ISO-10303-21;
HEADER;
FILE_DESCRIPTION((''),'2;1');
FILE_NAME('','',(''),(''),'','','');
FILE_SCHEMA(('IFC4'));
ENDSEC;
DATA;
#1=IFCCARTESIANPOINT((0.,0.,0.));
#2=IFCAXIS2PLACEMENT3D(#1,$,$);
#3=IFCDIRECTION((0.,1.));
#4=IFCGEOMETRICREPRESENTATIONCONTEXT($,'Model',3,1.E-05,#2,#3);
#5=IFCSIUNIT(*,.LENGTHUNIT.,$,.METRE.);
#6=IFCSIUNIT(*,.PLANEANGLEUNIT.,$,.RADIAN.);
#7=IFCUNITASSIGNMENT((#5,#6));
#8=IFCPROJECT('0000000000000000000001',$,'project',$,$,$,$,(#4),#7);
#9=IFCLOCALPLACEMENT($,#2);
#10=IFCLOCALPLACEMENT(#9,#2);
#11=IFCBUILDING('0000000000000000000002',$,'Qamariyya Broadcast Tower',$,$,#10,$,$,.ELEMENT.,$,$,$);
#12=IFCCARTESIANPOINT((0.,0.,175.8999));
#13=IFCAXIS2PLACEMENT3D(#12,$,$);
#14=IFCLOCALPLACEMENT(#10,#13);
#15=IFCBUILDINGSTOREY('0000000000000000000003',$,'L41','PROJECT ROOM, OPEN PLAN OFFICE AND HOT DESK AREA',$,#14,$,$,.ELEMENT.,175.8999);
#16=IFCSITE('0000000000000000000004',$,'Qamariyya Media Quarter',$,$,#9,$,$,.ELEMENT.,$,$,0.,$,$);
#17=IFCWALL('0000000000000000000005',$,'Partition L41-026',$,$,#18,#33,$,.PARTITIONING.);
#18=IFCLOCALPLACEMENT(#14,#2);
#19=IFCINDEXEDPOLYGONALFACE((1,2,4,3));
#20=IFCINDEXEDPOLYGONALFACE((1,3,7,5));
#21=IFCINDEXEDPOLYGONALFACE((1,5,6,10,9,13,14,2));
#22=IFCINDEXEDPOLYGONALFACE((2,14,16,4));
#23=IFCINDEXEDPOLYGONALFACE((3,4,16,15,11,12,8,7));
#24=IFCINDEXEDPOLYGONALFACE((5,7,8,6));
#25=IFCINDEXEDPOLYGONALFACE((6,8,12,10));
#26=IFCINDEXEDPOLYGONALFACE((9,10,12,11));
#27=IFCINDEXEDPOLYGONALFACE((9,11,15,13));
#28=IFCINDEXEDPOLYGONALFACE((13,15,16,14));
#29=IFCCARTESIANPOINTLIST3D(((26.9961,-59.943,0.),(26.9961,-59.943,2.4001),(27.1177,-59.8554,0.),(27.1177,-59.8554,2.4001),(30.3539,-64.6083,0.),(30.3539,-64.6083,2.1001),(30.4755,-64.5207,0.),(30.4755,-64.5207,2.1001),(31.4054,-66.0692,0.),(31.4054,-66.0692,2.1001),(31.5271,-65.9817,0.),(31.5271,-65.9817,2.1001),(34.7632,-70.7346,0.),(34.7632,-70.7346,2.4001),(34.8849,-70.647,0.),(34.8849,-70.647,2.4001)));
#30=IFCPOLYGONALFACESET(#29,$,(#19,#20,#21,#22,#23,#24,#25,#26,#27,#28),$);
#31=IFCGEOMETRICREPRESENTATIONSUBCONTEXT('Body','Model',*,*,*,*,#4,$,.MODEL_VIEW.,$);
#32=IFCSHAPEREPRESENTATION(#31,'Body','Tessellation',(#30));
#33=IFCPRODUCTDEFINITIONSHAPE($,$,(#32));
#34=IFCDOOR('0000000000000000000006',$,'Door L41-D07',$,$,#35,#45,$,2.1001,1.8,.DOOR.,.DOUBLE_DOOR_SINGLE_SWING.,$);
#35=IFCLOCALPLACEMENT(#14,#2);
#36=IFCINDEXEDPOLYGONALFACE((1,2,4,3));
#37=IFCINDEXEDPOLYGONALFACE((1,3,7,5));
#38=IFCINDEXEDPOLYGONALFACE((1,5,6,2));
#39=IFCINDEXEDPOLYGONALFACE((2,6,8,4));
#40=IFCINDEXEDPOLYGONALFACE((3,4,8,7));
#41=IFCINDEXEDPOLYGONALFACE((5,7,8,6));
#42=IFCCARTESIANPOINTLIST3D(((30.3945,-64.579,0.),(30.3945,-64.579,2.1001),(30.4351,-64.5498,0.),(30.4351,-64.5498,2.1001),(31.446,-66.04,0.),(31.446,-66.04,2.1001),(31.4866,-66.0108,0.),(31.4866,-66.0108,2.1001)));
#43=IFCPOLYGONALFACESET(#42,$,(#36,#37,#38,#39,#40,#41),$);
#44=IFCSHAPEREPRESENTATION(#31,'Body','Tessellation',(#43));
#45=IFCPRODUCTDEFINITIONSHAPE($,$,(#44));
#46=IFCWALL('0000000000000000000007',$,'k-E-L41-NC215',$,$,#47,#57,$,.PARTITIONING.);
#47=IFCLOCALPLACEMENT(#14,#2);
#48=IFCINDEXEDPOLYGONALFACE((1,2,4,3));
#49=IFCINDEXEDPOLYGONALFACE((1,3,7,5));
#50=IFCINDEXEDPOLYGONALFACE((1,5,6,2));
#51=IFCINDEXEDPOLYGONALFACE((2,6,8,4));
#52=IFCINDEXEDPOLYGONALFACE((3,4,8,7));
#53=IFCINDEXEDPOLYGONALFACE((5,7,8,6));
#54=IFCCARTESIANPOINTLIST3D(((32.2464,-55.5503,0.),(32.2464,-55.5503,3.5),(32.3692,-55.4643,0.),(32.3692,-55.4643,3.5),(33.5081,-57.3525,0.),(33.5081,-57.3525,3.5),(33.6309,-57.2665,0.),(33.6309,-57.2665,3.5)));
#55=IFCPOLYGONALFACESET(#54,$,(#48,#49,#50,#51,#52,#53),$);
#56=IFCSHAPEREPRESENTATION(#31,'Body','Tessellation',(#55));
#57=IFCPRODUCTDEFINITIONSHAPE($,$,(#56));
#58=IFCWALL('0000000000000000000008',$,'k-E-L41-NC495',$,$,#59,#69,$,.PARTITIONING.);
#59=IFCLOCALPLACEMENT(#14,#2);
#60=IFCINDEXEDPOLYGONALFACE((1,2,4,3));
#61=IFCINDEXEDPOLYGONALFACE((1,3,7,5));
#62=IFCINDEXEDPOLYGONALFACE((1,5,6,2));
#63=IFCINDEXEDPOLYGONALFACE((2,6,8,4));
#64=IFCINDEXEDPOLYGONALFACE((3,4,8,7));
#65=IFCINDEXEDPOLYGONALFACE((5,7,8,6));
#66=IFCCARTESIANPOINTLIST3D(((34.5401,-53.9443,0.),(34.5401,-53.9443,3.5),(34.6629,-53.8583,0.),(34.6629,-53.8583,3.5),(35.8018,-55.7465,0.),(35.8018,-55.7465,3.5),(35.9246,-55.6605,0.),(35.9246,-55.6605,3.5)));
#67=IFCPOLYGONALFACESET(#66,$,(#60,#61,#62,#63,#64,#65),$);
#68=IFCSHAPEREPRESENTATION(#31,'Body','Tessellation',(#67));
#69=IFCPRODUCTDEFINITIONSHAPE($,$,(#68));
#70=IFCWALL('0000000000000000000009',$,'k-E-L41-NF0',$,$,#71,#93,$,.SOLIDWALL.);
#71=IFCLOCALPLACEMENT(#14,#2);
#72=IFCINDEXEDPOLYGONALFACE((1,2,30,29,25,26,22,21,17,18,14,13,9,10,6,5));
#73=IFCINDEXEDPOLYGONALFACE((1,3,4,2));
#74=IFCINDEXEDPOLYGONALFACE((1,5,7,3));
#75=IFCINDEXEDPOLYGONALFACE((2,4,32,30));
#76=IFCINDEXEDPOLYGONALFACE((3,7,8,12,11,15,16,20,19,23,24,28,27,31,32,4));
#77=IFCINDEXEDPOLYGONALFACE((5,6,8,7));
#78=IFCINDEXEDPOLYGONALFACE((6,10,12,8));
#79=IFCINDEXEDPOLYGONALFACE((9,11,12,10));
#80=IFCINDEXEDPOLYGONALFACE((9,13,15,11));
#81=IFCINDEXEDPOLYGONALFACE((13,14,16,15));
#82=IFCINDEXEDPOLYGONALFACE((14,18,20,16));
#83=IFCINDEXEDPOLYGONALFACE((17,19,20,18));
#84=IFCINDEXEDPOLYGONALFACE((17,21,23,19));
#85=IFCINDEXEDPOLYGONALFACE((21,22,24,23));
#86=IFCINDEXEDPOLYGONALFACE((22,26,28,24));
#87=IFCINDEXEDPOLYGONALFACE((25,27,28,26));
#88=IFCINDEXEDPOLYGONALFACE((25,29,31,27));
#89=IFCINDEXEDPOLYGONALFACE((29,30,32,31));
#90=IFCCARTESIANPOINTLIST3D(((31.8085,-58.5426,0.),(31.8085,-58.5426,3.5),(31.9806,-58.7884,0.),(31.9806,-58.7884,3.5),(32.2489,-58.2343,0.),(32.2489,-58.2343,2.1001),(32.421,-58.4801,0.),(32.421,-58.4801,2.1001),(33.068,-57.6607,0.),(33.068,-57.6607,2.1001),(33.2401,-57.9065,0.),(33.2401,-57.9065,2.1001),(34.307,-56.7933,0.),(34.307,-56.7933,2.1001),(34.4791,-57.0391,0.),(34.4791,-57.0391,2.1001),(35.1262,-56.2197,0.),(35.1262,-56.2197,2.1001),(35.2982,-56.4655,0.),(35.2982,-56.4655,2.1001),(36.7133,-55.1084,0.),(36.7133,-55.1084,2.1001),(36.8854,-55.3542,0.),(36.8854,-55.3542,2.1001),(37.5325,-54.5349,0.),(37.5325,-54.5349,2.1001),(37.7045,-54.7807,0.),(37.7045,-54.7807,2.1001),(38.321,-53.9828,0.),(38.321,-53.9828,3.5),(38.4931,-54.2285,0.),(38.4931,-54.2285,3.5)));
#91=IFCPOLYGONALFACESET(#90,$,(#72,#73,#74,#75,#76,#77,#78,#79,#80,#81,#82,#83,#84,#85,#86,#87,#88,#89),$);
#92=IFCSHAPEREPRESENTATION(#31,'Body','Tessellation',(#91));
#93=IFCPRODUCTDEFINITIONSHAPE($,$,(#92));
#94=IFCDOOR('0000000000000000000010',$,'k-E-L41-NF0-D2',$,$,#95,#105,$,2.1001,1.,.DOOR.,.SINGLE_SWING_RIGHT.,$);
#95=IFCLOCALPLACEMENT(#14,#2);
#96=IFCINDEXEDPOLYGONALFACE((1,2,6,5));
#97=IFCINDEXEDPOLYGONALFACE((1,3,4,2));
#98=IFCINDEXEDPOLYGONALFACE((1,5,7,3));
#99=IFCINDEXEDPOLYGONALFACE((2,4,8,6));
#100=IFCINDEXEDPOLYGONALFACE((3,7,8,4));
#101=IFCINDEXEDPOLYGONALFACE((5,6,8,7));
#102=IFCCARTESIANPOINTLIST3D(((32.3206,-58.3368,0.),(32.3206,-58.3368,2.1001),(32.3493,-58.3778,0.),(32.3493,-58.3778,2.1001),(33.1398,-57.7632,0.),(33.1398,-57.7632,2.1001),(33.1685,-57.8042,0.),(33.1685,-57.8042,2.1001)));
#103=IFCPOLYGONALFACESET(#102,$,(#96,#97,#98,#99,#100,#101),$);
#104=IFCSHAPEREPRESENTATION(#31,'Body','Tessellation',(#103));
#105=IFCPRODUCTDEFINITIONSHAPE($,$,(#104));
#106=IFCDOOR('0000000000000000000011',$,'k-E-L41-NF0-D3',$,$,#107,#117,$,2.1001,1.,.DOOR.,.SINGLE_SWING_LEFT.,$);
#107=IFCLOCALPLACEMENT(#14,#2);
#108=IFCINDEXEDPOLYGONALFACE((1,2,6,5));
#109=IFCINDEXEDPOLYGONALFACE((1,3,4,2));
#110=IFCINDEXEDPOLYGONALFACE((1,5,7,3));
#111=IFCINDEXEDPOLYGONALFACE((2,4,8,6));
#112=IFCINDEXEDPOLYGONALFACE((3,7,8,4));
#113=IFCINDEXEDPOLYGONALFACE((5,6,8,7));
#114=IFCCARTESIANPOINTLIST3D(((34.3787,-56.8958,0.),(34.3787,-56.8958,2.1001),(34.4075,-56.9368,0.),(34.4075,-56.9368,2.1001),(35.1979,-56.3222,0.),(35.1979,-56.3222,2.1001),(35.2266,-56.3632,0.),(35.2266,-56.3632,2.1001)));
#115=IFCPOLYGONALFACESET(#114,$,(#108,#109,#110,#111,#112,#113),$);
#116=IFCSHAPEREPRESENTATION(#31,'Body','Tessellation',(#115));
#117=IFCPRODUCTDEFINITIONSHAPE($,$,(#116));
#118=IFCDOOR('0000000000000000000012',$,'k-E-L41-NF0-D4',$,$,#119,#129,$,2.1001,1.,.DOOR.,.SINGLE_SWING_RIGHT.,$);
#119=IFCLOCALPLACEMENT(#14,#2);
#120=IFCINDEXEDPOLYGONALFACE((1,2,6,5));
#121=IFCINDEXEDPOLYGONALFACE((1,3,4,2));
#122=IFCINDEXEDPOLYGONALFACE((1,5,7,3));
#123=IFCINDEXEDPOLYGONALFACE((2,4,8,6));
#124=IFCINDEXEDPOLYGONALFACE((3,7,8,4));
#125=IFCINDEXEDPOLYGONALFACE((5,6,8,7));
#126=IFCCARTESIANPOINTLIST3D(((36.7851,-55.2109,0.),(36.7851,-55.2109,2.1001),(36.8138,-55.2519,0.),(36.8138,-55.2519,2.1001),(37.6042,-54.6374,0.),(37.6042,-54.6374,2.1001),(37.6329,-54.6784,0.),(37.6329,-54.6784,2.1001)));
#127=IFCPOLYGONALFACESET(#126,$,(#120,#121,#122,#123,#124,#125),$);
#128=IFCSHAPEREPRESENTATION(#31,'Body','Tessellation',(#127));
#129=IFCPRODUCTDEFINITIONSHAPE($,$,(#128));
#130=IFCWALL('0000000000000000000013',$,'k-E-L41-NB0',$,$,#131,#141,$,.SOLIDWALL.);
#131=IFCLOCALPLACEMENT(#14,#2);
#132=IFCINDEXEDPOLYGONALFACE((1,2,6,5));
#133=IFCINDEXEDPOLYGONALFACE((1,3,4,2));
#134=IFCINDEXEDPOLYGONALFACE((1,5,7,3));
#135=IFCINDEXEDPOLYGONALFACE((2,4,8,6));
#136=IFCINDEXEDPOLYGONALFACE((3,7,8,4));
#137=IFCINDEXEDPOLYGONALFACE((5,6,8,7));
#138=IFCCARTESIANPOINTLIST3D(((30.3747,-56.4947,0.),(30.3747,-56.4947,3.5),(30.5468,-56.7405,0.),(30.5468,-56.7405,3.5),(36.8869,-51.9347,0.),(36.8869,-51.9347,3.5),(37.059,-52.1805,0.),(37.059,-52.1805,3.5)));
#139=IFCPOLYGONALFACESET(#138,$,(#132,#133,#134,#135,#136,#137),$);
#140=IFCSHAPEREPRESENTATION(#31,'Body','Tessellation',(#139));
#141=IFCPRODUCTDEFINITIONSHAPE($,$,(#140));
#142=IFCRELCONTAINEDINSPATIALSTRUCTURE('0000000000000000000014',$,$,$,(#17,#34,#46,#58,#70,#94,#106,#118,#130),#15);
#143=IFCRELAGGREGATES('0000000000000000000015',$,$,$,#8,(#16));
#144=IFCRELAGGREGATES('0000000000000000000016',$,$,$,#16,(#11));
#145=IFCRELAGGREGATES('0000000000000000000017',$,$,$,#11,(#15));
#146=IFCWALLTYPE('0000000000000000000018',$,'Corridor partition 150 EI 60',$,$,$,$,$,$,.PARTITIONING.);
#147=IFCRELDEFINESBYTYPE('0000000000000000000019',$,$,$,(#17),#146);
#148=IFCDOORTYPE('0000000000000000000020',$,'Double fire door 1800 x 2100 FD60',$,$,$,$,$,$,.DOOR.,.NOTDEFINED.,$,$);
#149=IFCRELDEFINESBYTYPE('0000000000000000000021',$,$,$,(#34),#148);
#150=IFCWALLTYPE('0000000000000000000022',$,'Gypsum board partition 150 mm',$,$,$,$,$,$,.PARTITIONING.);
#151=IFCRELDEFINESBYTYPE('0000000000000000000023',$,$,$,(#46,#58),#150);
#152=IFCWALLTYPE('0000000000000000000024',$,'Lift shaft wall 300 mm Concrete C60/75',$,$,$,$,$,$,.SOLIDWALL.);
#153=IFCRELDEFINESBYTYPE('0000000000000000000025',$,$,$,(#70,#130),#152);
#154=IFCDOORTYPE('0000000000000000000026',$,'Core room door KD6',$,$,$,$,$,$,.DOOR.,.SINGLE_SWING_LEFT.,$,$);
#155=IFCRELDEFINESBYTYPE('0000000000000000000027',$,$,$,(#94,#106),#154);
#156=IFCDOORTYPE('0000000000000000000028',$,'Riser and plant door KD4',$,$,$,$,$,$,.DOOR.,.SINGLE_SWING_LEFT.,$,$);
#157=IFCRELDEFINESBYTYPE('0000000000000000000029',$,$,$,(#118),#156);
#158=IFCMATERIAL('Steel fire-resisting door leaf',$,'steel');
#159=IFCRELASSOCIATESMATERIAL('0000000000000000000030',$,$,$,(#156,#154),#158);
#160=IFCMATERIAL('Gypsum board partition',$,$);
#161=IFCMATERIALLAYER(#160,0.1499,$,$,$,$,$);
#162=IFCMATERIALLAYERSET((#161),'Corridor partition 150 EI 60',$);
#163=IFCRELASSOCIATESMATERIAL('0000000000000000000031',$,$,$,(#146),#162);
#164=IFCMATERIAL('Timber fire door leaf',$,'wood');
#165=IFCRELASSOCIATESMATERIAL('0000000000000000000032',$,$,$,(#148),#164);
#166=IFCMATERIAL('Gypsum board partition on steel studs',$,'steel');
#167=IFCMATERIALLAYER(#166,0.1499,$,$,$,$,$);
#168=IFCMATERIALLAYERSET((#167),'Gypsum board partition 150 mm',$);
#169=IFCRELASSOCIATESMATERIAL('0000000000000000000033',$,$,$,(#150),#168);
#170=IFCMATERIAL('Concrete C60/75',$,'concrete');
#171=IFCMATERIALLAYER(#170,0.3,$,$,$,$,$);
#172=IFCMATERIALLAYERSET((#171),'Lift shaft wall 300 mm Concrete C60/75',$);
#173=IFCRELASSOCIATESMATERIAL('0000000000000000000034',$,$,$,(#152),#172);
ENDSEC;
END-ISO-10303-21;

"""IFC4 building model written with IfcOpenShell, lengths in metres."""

from ifc_helpers import new_model, si_unit, direction, frame, frame_2d, origin, place, context, subcontext, project, spatial, rectangle, extrude, material, layer, layer_set, type_object, element, fill, save


model = new_model("IFC4")

# Units and contexts
model_context = context("Model", 3, precision=1e-05, world=origin(), true_north=direction((0.0, 1.0)))
body_context = subcontext(model_context, "Body", "Model", "MODEL_VIEW")
ifc_project = project(units=[si_unit("LENGTHUNIT", "METRE"), si_unit("PLANEANGLEUNIT", "RADIAN")], contexts=[model_context])

# Site, building, storey
site_placement = place(None, origin())
site = spatial("IfcSite", under=ifc_project, at=site_placement, Name="Qamariyya Media Quarter", CompositionType="ELEMENT", RefElevation=0.0)
building_placement = place(site_placement, origin())
building = spatial("IfcBuilding", under=site, at=building_placement, Name="Qamariyya Broadcast Tower", CompositionType="ELEMENT")
storey_placement = place(building_placement, frame((0.0, 0.0, 175.8999)))
storey = spatial("IfcBuildingStorey", under=building, at=storey_placement, Name="L41", Description="PROJECT ROOM, OPEN PLAN OFFICE AND HOT DESK AREA", CompositionType="ELEMENT", Elevation=175.8999)

# Shared definitions
ifc_material_1 = material(Name="Concrete C60/75", Category="concrete")

# Shared definitions
ifc_material_2 = material(Name="Steel fire-resisting door leaf", Category="steel")

# Shared definitions
door_type_1 = type_object("IfcDoorType", Name="Riser and plant door KD4", OperationType="SINGLE_SWING_LEFT", PredefinedType="DOOR", material=ifc_material_2)

# Wall, opening, door
ifc_material_3 = material(Name="Gypsum board partition")
ifc_layer_1 = layer(ifc_material_3, 0.1499)
ifc_layer_set_1 = layer_set([ifc_layer_1], Name="Corridor partition 150 EI 60")
wall_type_1 = type_object("IfcWallType", Name="Corridor partition 150 EI 60", PredefinedType="PARTITIONING", material=ifc_layer_set_1)
wall_1_placement = place(storey_placement, frame((34.824, -70.6907, 0.0), z_axis=(0.0, 0.0, 1.0), x_axis=(-0.584166, 0.811634, 0.0)))
wall_1 = element("IfcWall", 1, at=wall_1_placement, inside=storey, type_object=wall_type_1, Name="Partition L41-026", PredefinedType="PARTITIONING", context=body_context, shape_type="SweptSolid", body=[
    extrude(rectangle(XDim=13.2961, YDim=0.1499, at=frame_2d((6.6479, 0.0))), origin(), (0.0, 0.0, 1.0), 2.4001),
])
opening_1_placement = place(wall_1_placement, frame((5.748, 0.0, 0.0)))
opening_1 = element("IfcOpeningElement", 2, at=opening_1_placement, cuts=wall_1, PredefinedType="OPENING", context=body_context, shape_type="SweptSolid", body=[
    extrude(rectangle(XDim=1.8, YDim=2.1001, at=frame_2d((0.8999, 1.05))), frame((0.0, 0.085, 0.0), z_axis=(0.0, -1.0, 0.0), x_axis=(1.0, 0.0, 0.0)), (0.0, 0.0, 1.0), 0.1699),
])
ifc_material_4 = material(Name="Timber fire door leaf", Category="wood")
door_type_2 = type_object("IfcDoorType", Name="Double fire door 1800 x 2100 FD60", OperationType="NOTDEFINED", PredefinedType="DOOR", material=ifc_material_4)
door_1_placement = place(opening_1_placement, origin())
door_1 = element("IfcDoor", 3, at=door_1_placement, inside=storey, type_object=door_type_2, Name="Door L41-D07", OperationType="DOUBLE_DOOR_SINGLE_SWING", OverallHeight=2.1001, OverallWidth=1.8, PredefinedType="DOOR", context=body_context, shape_type="SweptSolid", body=[
    extrude(rectangle(XDim=1.8, YDim=2.1001, at=frame_2d((0.8999, 1.05))), frame((0.0, 0.0249, 0.0), z_axis=(0.0, -1.0, 0.0), x_axis=(1.0, 0.0, 0.0)), (0.0, 0.0, 1.0), 0.05),
])
fill(opening_1, door_1)

# Walls
ifc_material_5 = material(Name="Gypsum board partition on steel studs", Category="steel")
ifc_layer_2 = layer(ifc_material_5, 0.1499)
ifc_layer_set_2 = layer_set([ifc_layer_2], Name="Gypsum board partition 150 mm")
wall_type_2 = type_object("IfcWallType", Name="Gypsum board partition 150 mm", PredefinedType="PARTITIONING", material=ifc_layer_set_2)
for number, where, z_axis, x_axis, name in (
    (4, (33.5696, -57.3096, 0.0), (0.0, 0.0, 1.0), (-0.573507, 0.819201, 0.0), "k-E-L41-NC215"),
    (5, (35.8633, -55.7036, 0.0), (0.0, 0.0, 1.0), (-0.573507, 0.819201, 0.0), "k-E-L41-NC495"),
):
    element("IfcWall", number, at=place(storey_placement, frame(where, z_axis=z_axis, x_axis=x_axis)), inside=storey, type_object=wall_type_2, Name=name, PredefinedType="PARTITIONING", context=body_context, shape_type="SweptSolid", body=[
        extrude(rectangle(XDim=2.2, YDim=0.1499, at=frame_2d((1.1001, 0.0))), origin(), (0.0, 0.0, 1.0), 3.5),
    ])

# Wall, openings, doors
ifc_layer_3 = layer(ifc_material_1, 0.3)
ifc_layer_set_3 = layer_set([ifc_layer_3], Name="Lift shaft wall 300 mm Concrete C60/75")
wall_type_3 = type_object("IfcWallType", Name="Lift shaft wall 300 mm Concrete C60/75", PredefinedType="SOLIDWALL", material=ifc_layer_set_3)
wall_2_placement = place(storey_placement, frame((31.8945, -58.6655, 0.0), z_axis=(0.0, 0.0, 1.0), x_axis=(0.819167, 0.573555, 0.0)))
wall_2 = element("IfcWall", 6, at=wall_2_placement, inside=storey, type_object=wall_type_3, Name="k-E-L41-NF0", PredefinedType="SOLIDWALL", context=body_context, shape_type="SweptSolid", body=[
    extrude(rectangle(XDim=7.9502, YDim=0.3, at=frame_2d((3.9751, 0.0))), origin(), (0.0, 0.0, 1.0), 3.5),
])
opening_2_placement = place(wall_2_placement, frame((0.5376, 0.0, 0.0)))
opening_2 = element("IfcOpeningElement", 7, at=opening_2_placement, cuts=wall_2, PredefinedType="OPENING", context=body_context, shape_type="SweptSolid", body=[
    extrude(rectangle(XDim=1.0, YDim=2.1001, at=frame_2d((0.5, 1.05))), frame((0.0, 0.1599, 0.0), z_axis=(0.0, -1.0, 0.0), x_axis=(1.0, 0.0, 0.0)), (0.0, 0.0, 1.0), 0.3201),
])
opening_3_placement = place(wall_2_placement, frame((3.05, 0.0, 0.0)))
opening_3 = element("IfcOpeningElement", 8, at=opening_3_placement, cuts=wall_2, PredefinedType="OPENING", context=body_context, shape_type="SweptSolid", body=[
    extrude(rectangle(XDim=1.0, YDim=2.1001, at=frame_2d((0.5, 1.05))), frame((0.0, 0.1599, 0.0), z_axis=(0.0, -1.0, 0.0), x_axis=(1.0, 0.0, 0.0)), (0.0, 0.0, 1.0), 0.3201),
])
opening_4_placement = place(wall_2_placement, frame((5.9875, 0.0, 0.0)))
opening_4 = element("IfcOpeningElement", 9, at=opening_4_placement, cuts=wall_2, PredefinedType="OPENING", context=body_context, shape_type="SweptSolid", body=[
    extrude(rectangle(XDim=1.0, YDim=2.1001, at=frame_2d((0.5, 1.05))), frame((0.0, 0.1599, 0.0), z_axis=(0.0, -1.0, 0.0), x_axis=(1.0, 0.0, 0.0)), (0.0, 0.0, 1.0), 0.3201),
])
door_type_3 = type_object("IfcDoorType", Name="Core room door KD6", OperationType="SINGLE_SWING_LEFT", PredefinedType="DOOR", material=ifc_material_2)
door_2_placement = place(opening_2_placement, origin())
door_2 = element("IfcDoor", 10, at=door_2_placement, inside=storey, type_object=door_type_3, Name="k-E-L41-NF0-D2", OperationType="SINGLE_SWING_RIGHT", OverallHeight=2.1001, OverallWidth=1.0, PredefinedType="DOOR", context=body_context, shape_type="SweptSolid", body=[
    extrude(rectangle(XDim=1.0, YDim=2.1001, at=frame_2d((0.5, 1.05))), frame((0.0, 0.0249, 0.0), z_axis=(0.0, -1.0, 0.0), x_axis=(1.0, 0.0, 0.0)), (0.0, 0.0, 1.0), 0.05),
])
fill(opening_2, door_2)
door_3_placement = place(opening_3_placement, origin())
door_3 = element("IfcDoor", 11, at=door_3_placement, inside=storey, type_object=door_type_3, Name="k-E-L41-NF0-D3", OperationType="SINGLE_SWING_LEFT", OverallHeight=2.1001, OverallWidth=1.0, PredefinedType="DOOR", context=body_context, shape_type="SweptSolid", body=[
    extrude(rectangle(XDim=1.0, YDim=2.1001, at=frame_2d((0.5, 1.05))), frame((0.0, 0.0249, 0.0), z_axis=(0.0, -1.0, 0.0), x_axis=(1.0, 0.0, 0.0)), (0.0, 0.0, 1.0), 0.05),
])
fill(opening_3, door_3)
door_4_placement = place(opening_4_placement, origin())
door_4 = element("IfcDoor", 12, at=door_4_placement, inside=storey, type_object=door_type_1, Name="k-E-L41-NF0-D4", OperationType="SINGLE_SWING_RIGHT", OverallHeight=2.1001, OverallWidth=1.0, PredefinedType="DOOR", context=body_context, shape_type="SweptSolid", body=[
    extrude(rectangle(XDim=1.0, YDim=2.1001, at=frame_2d((0.5, 1.05))), frame((0.0, 0.0249, 0.0), z_axis=(0.0, -1.0, 0.0), x_axis=(1.0, 0.0, 0.0)), (0.0, 0.0, 1.0), 0.05),
])
fill(opening_4, door_4)

# Wall
wall_3_placement = place(storey_placement, frame((30.4607, -56.6177, 0.0), z_axis=(0.0, 0.0, 1.0), x_axis=(0.819142, 0.57359, 0.0)))
element("IfcWall", 13, at=wall_3_placement, inside=storey, type_object=wall_type_3, Name="k-E-L41-NB0", PredefinedType="SOLIDWALL", context=body_context, shape_type="SweptSolid", body=[
    extrude(rectangle(XDim=7.95, YDim=0.3, at=frame_2d((3.9751, 0.0))), origin(), (0.0, 0.0, 1.0), 3.5),
])

save(model, "model.ifc")
